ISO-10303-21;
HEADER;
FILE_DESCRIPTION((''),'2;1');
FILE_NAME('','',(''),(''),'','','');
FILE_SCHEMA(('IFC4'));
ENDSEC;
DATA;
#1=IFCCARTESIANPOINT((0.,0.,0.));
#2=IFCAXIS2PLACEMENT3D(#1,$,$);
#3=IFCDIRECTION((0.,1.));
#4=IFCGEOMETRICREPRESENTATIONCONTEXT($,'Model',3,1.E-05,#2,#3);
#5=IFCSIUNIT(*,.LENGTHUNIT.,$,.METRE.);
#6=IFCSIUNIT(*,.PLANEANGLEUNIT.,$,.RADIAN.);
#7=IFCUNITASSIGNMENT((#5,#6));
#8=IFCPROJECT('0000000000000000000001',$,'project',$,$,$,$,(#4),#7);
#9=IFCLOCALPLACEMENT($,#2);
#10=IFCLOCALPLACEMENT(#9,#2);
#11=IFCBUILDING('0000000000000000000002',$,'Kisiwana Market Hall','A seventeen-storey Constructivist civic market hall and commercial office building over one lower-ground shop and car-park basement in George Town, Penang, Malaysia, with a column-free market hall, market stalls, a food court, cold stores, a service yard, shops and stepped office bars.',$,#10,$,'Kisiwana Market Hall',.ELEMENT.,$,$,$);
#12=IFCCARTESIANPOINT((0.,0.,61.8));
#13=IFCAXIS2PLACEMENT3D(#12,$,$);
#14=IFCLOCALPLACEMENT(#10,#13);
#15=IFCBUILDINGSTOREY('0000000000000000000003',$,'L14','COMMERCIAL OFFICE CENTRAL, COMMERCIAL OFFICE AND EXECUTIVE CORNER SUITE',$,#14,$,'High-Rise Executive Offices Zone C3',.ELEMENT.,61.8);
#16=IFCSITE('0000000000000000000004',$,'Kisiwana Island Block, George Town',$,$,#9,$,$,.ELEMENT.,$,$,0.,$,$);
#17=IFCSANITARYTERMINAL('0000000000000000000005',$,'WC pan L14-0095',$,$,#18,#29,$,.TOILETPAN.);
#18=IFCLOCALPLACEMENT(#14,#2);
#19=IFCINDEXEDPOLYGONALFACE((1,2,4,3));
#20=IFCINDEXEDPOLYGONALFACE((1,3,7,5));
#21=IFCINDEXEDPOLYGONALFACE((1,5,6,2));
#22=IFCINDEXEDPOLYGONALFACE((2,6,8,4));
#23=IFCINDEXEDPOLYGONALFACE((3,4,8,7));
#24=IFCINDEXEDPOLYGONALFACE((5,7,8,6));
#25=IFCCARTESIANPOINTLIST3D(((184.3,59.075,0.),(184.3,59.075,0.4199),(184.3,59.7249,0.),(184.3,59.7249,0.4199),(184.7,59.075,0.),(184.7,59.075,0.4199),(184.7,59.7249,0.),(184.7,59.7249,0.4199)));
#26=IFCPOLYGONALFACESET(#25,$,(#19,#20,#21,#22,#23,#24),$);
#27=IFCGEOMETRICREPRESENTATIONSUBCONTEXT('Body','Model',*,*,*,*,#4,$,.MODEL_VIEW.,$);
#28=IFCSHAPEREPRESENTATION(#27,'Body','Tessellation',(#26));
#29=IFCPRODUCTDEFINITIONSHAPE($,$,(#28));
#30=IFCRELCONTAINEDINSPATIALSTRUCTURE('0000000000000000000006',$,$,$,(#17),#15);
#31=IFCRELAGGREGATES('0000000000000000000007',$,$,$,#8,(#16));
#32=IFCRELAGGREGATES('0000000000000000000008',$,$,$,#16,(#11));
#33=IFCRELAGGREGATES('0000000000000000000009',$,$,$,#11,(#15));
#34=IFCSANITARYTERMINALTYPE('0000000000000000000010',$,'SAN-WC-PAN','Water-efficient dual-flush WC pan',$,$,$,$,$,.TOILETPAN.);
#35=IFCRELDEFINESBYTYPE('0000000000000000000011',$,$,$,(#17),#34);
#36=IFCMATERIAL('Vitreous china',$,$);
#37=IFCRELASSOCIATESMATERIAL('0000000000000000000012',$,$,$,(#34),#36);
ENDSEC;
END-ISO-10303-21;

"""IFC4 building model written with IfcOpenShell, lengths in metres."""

from ifc_helpers import new_model, si_unit, direction, frame, origin, origin_2d, place, context, subcontext, project, spatial, rectangle, extrude, material, type_object, element, save


model = new_model("IFC4")

# Units and contexts
model_context = context("Model", 3, precision=1e-05, world=origin(), true_north=direction((0.0, 1.0)))
body_context = subcontext(model_context, "Body", "Model", "MODEL_VIEW")
ifc_project = project(units=[si_unit("LENGTHUNIT", "METRE"), si_unit("PLANEANGLEUNIT", "RADIAN")], contexts=[model_context])

# Site, building, storey
site_placement = place(None, origin())
site = spatial("IfcSite", under=ifc_project, at=site_placement, Name="Kisiwana Island Block, George Town", CompositionType="ELEMENT", RefElevation=0.0)
building_placement = place(site_placement, origin())
building = spatial("IfcBuilding", under=site, at=building_placement, Name="Kisiwana Market Hall", Description="A seventeen-storey Constructivist civic market hall and commercial office building over one lower-ground shop and car-park basement in George Town, Penang, Malaysia, with a column-free market hall, market stalls, a food court, cold stores, a service yard, shops and stepped office bars.", LongName="Kisiwana Market Hall", CompositionType="ELEMENT")
storey_placement = place(building_placement, frame((0.0, 0.0, 61.8)))
storey = spatial("IfcBuildingStorey", under=building, at=storey_placement, Name="L14", Description="COMMERCIAL OFFICE CENTRAL, COMMERCIAL OFFICE AND EXECUTIVE CORNER SUITE", LongName="High-Rise Executive Offices Zone C3", CompositionType="ELEMENT", Elevation=61.8)

# Sanitary terminal
ifc_material_1 = material(Name="Vitreous china")
sanitary_terminal_type_1 = type_object("IfcSanitaryTerminalType", Name="SAN-WC-PAN", Description="Water-efficient dual-flush WC pan", PredefinedType="TOILETPAN", material=ifc_material_1)
for number, where, z_axis, x_axis, name in (
    (1, (184.5, 59.3999, 0.0), (0.0, 0.0, 1.0), (1.0, 0.0, 0.0), "WC pan L14-0095"),
):
    element("IfcSanitaryTerminal", number, at=place(storey_placement, frame(where, z_axis=z_axis, x_axis=x_axis)), inside=storey, type_object=sanitary_terminal_type_1, Name=name, PredefinedType="TOILETPAN", context=body_context, shape_type="SweptSolid", body=[
        extrude(rectangle(XDim=0.3999, YDim=0.6499, at=origin_2d()), origin(), (0.0, 0.0, 1.0), 0.4199),
    ])

save(model, "model.ifc")
